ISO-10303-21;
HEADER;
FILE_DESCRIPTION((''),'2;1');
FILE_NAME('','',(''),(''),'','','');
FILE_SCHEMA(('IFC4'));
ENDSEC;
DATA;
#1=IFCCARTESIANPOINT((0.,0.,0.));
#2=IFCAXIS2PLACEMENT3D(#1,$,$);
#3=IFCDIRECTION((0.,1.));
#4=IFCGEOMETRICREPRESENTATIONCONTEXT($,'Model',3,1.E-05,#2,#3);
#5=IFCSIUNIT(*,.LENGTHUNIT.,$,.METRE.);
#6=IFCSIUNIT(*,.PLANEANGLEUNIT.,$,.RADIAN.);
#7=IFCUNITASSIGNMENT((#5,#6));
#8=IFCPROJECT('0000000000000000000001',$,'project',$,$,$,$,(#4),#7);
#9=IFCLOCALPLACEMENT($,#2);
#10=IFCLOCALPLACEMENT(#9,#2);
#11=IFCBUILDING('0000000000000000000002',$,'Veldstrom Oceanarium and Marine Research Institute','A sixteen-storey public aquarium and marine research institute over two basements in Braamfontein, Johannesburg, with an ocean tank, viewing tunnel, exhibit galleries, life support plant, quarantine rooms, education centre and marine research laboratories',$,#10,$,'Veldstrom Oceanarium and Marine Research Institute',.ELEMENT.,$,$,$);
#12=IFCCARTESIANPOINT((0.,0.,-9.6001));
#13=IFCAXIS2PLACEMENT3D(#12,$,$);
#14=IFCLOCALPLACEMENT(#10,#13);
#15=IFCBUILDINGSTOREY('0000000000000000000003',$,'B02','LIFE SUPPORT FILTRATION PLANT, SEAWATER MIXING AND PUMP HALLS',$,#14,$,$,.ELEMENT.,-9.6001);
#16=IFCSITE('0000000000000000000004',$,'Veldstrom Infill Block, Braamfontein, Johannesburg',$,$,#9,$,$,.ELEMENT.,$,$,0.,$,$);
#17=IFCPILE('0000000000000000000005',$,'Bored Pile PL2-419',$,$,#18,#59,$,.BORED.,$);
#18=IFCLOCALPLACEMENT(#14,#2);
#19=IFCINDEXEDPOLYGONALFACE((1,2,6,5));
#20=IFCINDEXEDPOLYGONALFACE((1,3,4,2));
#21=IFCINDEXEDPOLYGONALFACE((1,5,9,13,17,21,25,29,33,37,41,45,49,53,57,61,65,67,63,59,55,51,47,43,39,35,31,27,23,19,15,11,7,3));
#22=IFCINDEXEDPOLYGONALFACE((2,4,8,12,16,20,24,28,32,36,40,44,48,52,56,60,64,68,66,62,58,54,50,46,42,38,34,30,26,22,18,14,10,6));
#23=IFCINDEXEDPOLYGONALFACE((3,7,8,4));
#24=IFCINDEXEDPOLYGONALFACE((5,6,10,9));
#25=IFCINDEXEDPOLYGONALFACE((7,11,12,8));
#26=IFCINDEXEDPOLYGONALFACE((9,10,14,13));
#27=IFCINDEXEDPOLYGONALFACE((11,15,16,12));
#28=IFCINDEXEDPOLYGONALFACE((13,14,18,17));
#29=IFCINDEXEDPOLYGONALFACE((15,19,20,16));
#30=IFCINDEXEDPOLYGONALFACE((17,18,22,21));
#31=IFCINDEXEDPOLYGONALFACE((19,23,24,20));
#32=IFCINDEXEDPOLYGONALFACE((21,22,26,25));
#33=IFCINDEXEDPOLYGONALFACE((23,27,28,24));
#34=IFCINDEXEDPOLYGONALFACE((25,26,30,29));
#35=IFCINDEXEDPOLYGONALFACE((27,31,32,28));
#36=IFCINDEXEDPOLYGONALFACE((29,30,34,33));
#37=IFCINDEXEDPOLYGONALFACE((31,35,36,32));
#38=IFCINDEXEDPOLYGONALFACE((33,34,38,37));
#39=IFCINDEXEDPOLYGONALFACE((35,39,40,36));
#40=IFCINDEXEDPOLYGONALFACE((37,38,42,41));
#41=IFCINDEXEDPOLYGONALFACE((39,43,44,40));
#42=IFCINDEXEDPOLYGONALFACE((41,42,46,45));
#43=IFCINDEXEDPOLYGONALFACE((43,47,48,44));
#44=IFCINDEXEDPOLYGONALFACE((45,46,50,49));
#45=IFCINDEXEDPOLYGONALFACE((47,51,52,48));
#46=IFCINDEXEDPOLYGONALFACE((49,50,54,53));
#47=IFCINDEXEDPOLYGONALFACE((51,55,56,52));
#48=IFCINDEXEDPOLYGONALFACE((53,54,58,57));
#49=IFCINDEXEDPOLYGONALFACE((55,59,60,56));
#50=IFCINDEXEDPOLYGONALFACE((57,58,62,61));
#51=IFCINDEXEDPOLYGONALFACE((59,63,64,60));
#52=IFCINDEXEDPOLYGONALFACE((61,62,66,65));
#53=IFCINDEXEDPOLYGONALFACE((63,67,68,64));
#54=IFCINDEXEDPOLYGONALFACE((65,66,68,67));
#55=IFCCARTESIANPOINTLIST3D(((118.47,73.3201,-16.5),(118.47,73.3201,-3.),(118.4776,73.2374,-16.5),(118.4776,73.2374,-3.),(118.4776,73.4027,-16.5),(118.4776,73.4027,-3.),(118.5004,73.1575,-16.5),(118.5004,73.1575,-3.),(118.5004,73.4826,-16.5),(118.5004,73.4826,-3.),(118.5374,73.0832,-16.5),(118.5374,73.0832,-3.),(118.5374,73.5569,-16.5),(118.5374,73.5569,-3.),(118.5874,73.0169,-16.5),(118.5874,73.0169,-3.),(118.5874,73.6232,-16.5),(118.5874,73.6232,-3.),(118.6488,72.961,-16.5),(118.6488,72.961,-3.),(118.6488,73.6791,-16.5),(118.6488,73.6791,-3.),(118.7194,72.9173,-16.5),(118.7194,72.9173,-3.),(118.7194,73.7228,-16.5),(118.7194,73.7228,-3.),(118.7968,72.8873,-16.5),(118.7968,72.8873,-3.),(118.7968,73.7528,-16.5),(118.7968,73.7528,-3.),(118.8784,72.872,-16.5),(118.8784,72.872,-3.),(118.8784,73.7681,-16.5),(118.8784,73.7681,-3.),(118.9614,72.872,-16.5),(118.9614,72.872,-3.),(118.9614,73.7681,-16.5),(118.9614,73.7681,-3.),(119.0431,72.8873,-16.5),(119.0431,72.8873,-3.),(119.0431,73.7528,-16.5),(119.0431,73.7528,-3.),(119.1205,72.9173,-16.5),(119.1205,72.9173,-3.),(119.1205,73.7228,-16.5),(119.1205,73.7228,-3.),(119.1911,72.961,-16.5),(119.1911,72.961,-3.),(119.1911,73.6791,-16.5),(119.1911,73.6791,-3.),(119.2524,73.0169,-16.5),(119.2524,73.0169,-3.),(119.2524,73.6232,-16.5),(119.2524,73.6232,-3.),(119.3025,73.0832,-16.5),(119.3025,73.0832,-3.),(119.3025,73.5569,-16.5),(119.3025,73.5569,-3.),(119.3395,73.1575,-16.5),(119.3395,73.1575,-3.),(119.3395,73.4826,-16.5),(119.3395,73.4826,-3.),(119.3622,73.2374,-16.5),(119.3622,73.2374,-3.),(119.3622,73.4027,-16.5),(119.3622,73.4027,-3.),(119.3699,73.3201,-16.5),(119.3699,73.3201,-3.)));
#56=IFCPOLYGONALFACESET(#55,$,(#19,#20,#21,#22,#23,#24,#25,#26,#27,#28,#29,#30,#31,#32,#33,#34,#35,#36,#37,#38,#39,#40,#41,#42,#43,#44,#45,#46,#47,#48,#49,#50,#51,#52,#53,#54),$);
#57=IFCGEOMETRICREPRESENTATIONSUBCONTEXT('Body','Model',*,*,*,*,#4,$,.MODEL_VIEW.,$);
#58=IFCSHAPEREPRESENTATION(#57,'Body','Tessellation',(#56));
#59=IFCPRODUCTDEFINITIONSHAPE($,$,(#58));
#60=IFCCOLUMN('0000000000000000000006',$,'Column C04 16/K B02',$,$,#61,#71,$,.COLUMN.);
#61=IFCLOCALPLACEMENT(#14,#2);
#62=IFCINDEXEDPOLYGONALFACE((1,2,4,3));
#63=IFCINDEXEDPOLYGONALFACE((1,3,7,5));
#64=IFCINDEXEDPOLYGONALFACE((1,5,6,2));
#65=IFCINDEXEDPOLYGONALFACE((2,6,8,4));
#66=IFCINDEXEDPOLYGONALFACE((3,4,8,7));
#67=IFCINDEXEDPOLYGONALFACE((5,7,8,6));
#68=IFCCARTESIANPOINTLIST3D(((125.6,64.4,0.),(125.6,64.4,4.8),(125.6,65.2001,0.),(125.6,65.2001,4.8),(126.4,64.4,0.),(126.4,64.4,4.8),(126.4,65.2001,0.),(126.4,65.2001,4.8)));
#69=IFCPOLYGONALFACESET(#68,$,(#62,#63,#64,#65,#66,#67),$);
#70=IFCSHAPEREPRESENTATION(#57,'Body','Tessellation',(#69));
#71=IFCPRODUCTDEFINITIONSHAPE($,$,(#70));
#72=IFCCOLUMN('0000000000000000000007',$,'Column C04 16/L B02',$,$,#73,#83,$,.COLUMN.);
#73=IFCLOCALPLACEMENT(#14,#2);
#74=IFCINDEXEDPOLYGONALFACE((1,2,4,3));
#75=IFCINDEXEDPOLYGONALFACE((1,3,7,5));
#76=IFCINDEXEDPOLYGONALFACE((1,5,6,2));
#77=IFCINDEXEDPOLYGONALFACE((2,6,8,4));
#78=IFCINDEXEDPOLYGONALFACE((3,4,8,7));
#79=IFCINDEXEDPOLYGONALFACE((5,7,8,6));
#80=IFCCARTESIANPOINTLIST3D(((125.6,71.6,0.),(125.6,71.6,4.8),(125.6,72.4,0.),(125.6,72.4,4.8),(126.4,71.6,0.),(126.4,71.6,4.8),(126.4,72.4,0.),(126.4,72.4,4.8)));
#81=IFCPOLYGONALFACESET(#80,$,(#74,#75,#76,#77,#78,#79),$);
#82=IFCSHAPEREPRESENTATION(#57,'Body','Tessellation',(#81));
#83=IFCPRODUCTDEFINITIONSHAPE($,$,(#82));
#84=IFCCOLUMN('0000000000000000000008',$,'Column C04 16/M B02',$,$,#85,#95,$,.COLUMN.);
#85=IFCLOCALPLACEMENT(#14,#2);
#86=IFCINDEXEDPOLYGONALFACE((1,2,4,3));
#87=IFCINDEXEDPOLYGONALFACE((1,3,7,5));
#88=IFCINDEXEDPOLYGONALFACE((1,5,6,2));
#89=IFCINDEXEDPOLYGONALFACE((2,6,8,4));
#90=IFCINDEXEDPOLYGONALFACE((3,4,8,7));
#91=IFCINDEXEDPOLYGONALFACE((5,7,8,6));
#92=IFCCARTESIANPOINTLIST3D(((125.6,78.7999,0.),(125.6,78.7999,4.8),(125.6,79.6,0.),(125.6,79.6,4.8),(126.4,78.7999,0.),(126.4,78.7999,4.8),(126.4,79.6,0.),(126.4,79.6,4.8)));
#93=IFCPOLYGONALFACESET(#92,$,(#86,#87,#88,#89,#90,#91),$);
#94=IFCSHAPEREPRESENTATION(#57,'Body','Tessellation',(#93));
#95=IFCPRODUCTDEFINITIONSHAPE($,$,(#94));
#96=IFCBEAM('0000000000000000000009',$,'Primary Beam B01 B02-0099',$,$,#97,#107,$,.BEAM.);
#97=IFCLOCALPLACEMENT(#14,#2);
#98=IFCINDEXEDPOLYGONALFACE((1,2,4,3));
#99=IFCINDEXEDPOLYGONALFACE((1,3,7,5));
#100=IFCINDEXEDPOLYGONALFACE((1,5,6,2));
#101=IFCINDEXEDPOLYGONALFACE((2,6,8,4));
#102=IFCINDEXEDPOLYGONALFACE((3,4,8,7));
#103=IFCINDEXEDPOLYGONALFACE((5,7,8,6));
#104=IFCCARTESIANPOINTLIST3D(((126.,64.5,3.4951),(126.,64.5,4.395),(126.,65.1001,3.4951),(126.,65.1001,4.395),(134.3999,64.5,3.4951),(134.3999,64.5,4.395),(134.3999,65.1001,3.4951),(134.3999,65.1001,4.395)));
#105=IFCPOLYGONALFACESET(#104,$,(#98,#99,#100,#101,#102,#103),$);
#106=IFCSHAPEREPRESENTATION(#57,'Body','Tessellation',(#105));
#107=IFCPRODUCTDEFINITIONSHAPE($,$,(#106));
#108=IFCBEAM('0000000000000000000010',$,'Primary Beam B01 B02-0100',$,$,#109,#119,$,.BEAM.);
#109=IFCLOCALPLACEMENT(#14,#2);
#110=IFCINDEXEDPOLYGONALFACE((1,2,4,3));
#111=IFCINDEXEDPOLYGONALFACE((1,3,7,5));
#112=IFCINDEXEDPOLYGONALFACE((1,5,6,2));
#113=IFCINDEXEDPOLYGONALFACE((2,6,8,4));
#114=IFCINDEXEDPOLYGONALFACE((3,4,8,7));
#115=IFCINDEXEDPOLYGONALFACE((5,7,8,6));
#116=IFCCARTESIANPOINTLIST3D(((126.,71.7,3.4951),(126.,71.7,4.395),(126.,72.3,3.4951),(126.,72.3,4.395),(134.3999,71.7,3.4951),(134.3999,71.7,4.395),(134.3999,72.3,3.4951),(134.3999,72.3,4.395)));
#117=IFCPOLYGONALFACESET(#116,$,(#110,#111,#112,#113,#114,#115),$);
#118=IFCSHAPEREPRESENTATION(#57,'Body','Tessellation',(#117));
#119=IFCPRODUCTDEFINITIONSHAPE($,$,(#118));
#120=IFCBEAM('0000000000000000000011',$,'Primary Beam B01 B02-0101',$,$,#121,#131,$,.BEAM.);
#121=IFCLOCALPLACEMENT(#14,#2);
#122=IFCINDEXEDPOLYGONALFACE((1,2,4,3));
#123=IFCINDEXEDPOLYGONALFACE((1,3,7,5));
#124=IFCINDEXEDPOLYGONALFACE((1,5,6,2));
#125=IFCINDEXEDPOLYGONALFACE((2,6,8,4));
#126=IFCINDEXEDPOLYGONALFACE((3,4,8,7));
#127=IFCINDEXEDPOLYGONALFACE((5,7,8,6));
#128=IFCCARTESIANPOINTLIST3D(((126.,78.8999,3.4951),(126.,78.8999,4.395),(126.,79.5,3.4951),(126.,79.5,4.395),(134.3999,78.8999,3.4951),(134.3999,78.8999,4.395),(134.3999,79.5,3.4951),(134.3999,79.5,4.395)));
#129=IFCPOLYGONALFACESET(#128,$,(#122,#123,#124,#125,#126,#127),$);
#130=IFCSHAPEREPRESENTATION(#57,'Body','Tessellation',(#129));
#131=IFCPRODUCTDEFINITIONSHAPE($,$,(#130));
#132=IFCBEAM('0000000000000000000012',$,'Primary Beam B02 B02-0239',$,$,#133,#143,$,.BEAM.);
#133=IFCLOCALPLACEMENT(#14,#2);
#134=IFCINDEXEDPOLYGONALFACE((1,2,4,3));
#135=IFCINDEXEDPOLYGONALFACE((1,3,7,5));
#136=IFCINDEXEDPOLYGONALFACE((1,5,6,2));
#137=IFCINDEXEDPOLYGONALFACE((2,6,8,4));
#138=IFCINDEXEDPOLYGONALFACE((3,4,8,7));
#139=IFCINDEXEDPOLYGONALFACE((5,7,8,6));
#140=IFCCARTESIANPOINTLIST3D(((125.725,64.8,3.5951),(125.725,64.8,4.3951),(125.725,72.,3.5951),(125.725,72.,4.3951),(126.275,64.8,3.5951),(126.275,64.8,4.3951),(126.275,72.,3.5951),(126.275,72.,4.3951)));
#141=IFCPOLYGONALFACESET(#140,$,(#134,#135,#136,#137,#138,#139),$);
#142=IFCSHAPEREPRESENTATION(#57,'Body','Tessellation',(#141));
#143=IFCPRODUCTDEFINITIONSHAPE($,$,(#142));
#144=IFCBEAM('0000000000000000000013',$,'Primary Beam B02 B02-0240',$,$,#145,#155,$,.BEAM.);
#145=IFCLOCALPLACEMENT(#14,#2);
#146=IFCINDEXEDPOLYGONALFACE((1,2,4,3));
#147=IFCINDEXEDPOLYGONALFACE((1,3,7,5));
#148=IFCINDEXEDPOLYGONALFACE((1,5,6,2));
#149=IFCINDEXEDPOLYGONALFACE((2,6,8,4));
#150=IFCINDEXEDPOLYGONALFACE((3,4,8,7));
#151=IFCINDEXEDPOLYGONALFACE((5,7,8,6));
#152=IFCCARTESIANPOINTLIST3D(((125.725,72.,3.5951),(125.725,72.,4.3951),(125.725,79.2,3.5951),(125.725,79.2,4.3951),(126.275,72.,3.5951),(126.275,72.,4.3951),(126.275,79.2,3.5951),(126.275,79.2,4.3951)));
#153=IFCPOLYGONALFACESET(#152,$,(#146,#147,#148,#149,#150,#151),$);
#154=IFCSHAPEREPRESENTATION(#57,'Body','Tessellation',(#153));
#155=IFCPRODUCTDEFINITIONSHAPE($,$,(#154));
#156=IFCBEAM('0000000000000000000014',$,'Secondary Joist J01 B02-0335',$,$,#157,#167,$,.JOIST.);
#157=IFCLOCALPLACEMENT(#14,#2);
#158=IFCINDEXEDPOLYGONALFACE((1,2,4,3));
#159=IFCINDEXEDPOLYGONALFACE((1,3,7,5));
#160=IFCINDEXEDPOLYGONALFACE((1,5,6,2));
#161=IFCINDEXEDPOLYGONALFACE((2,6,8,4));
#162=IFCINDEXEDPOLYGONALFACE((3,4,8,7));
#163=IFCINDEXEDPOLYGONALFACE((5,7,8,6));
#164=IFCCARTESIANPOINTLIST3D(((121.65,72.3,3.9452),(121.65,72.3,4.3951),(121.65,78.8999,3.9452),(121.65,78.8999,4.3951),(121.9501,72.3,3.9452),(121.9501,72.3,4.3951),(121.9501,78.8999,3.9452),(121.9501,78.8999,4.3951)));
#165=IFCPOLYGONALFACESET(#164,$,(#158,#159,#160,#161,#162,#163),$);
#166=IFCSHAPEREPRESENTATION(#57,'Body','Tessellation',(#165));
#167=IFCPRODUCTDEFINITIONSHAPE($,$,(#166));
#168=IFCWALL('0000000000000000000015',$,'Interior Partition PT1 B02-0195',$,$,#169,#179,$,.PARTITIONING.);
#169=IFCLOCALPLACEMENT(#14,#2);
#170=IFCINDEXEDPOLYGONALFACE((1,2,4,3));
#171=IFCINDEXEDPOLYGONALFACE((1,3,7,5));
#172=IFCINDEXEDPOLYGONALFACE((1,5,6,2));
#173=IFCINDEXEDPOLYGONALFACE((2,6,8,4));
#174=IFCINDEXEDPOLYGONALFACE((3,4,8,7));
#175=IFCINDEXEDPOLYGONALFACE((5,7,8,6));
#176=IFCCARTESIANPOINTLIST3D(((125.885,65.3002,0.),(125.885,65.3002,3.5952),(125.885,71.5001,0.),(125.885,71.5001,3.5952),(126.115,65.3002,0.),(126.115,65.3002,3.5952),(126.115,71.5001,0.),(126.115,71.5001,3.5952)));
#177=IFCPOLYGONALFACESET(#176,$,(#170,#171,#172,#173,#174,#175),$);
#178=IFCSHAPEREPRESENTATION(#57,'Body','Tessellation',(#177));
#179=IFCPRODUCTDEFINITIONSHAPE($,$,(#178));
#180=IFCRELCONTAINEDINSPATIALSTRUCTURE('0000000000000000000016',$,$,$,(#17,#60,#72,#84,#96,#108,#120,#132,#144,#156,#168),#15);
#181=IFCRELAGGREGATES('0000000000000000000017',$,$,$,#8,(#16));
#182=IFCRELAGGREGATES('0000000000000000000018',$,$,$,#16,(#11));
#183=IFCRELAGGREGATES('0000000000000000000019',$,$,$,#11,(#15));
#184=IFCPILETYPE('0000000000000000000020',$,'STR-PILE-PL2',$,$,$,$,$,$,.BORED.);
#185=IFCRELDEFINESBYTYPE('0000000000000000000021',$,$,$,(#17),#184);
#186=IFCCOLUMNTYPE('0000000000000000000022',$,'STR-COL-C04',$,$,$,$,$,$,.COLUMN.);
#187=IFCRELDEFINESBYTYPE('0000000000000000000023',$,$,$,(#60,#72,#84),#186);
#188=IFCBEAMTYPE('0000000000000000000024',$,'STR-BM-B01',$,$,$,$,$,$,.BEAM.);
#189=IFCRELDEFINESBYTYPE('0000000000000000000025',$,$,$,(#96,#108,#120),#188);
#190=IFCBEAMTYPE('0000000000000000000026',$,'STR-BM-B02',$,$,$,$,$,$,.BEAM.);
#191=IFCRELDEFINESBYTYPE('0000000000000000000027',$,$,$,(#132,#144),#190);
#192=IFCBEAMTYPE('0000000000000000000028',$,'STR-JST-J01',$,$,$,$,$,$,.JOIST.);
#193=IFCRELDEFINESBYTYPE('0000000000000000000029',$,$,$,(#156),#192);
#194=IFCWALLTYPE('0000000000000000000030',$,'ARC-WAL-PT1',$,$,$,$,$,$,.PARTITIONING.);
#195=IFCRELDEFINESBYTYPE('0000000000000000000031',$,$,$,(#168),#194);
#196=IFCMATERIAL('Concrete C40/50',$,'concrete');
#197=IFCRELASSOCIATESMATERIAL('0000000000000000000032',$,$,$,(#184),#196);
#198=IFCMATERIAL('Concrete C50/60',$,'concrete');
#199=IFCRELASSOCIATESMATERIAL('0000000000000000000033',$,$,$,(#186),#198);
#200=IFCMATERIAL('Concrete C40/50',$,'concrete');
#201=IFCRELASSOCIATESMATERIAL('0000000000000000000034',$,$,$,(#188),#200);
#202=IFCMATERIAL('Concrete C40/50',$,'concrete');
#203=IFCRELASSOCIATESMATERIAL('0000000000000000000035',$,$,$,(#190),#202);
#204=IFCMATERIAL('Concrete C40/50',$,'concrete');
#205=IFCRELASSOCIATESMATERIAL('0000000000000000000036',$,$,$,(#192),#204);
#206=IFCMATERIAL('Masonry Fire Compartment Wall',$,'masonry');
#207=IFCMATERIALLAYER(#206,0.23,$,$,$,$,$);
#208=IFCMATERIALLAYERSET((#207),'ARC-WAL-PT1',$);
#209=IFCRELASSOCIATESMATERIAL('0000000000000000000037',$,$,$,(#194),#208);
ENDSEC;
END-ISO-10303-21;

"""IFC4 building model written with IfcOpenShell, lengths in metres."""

from ifc_helpers import new_model, si_unit, direction, frame, frame_2d, origin, origin_2d, place, context, subcontext, project, spatial, rectangle, circle, extrude, material, layer, layer_set, material_profile, profile_set, type_object, element, save


model = new_model("IFC4")

# Units and contexts
model_context = context("Model", 3, precision=1e-05, world=origin(), true_north=direction((0.0, 1.0)))
body_context = subcontext(model_context, "Body", "Model", "MODEL_VIEW")
ifc_project = project(units=[si_unit("LENGTHUNIT", "METRE"), si_unit("PLANEANGLEUNIT", "RADIAN")], contexts=[model_context])

# Site, building, storey
site_placement = place(None, origin())
site = spatial("IfcSite", under=ifc_project, at=site_placement, Name="Veldstrom Infill Block, Braamfontein, Johannesburg", CompositionType="ELEMENT", RefElevation=0.0)
building_placement = place(site_placement, origin())
building = spatial("IfcBuilding", under=site, at=building_placement, Name="Veldstrom Oceanarium and Marine Research Institute", Description="A sixteen-storey public aquarium and marine research institute over two basements in Braamfontein, Johannesburg, with an ocean tank, viewing tunnel, exhibit galleries, life support plant, quarantine rooms, education centre and marine research laboratories", LongName="Veldstrom Oceanarium and Marine Research Institute", CompositionType="ELEMENT")
storey_placement = place(building_placement, frame((0.0, 0.0, -9.6001)))
storey = spatial("IfcBuildingStorey", under=building, at=storey_placement, Name="B02", Description="LIFE SUPPORT FILTRATION PLANT, SEAWATER MIXING AND PUMP HALLS", CompositionType="ELEMENT", Elevation=-9.6001)

# Pile
ifc_material_1 = material(Name="Concrete C40/50", Category="concrete")
ifc_material_profile_1 = material_profile(ifc_material_1, circle(Radius=0.45, at=origin_2d()), Name="PILE-D900")
ifc_profile_set_1 = profile_set([ifc_material_profile_1], Name="Concrete C40/50")
pile_type_1 = type_object("IfcPileType", Name="STR-PILE-PL2", PredefinedType="BORED", material=ifc_profile_set_1)
for number, where, z_axis, x_axis, name in (
    (1, (118.9199, 73.3201, -3.0), (0.0, 0.0, -1.0), (1.0, 0.0, 0.0), "Bored Pile PL2-419"),
):
    element("IfcPile", number, at=place(storey_placement, frame(where, z_axis=z_axis, x_axis=x_axis)), inside=storey, type_object=pile_type_1, Name=name, PredefinedType="BORED", context=body_context, shape_type="SweptSolid", body=[
        extrude(circle(Radius=0.45, at=origin_2d()), origin(), (0.0, 0.0, 1.0), 13.5),
    ])

# Columns
ifc_material_2 = material(Name="Concrete C50/60", Category="concrete")
ifc_material_profile_2 = material_profile(ifc_material_2, rectangle(XDim=0.8, YDim=0.8, at=origin_2d()), Name="RC-COL-800x800")
ifc_profile_set_2 = profile_set([ifc_material_profile_2], Name="Concrete C50/60")
column_type = type_object("IfcColumnType", Name="STR-COL-C04", PredefinedType="COLUMN", material=ifc_profile_set_2)
for number, where, z_axis, x_axis, name in (
    (2, (126.0, 64.8, 0.0), (0.0, 0.0, 1.0), (1.0, 0.0, 0.0), "Column C04 16/K B02"),
    (3, (126.0, 72.0, 0.0), (0.0, 0.0, 1.0), (1.0, 0.0, 0.0), "Column C04 16/L B02"),
    (4, (126.0, 79.2, 0.0), (0.0, 0.0, 1.0), (1.0, 0.0, 0.0), "Column C04 16/M B02"),
):
    element("IfcColumn", number, at=place(storey_placement, frame(where, z_axis=z_axis, x_axis=x_axis)), inside=storey, type_object=column_type, Name=name, PredefinedType="COLUMN", context=body_context, shape_type="SweptSolid", body=[
        extrude(rectangle(XDim=0.8, YDim=0.8, at=origin_2d()), origin(), (0.0, 0.0, 1.0), 4.8),
    ])

# Beams
ifc_material_3 = material(Name="Concrete C40/50", Category="concrete")
ifc_material_profile_3 = material_profile(ifc_material_3, rectangle(XDim=0.6001, YDim=0.8999, at=origin_2d()), Name="RC-BM-600x900")
ifc_profile_set_3 = profile_set([ifc_material_profile_3], Name="Concrete C40/50")
beam_type_1 = type_object("IfcBeamType", Name="STR-BM-B01", PredefinedType="BEAM", material=ifc_profile_set_3)
for number, where, z_axis, x_axis, name in (
    (5, (126.0, 64.8, 3.9451), (1.0, 0.0, 0.0), (0.0, 1.0, 0.0), "Primary Beam B01 B02-0099"),
    (6, (126.0, 72.0, 3.9451), (1.0, 0.0, 0.0), (0.0, 1.0, 0.0), "Primary Beam B01 B02-0100"),
    (7, (126.0, 79.2, 3.9451), (1.0, 0.0, 0.0), (0.0, 1.0, 0.0), "Primary Beam B01 B02-0101"),
):
    element("IfcBeam", number, at=place(storey_placement, frame(where, z_axis=z_axis, x_axis=x_axis)), inside=storey, type_object=beam_type_1, Name=name, PredefinedType="BEAM", context=body_context, shape_type="SweptSolid", body=[
        extrude(rectangle(XDim=0.6001, YDim=0.8999, at=origin_2d()), origin(), (0.0, 0.0, 1.0), 8.3999),
    ])
ifc_material_4 = material(Name="Concrete C40/50", Category="concrete")
ifc_material_profile_4 = material_profile(ifc_material_4, rectangle(XDim=0.55, YDim=0.8, at=origin_2d()), Name="RC-BM-550x800")
ifc_profile_set_4 = profile_set([ifc_material_profile_4], Name="Concrete C40/50")
beam_type_2 = type_object("IfcBeamType", Name="STR-BM-B02", PredefinedType="BEAM", material=ifc_profile_set_4)
for number, where, z_axis, x_axis, name in (
    (8, (126.0, 64.8, 3.9951), (0.0, 1.0, 0.0), (-1.0, 0.0, 0.0), "Primary Beam B02 B02-0239"),
    (9, (126.0, 72.0, 3.9951), (0.0, 1.0, 0.0), (-1.0, 0.0, 0.0), "Primary Beam B02 B02-0240"),
):
    element("IfcBeam", number, at=place(storey_placement, frame(where, z_axis=z_axis, x_axis=x_axis)), inside=storey, type_object=beam_type_2, Name=name, PredefinedType="BEAM", context=body_context, shape_type="SweptSolid", body=[
        extrude(rectangle(XDim=0.55, YDim=0.8, at=origin_2d()), origin(), (0.0, 0.0, 1.0), 7.2),
    ])
ifc_material_5 = material(Name="Concrete C40/50", Category="concrete")
ifc_material_profile_5 = material_profile(ifc_material_5, rectangle(XDim=0.3, YDim=0.45, at=origin_2d()), Name="RC-JST-300x450")
ifc_profile_set_5 = profile_set([ifc_material_profile_5], Name="Concrete C40/50")
beam_type_3 = type_object("IfcBeamType", Name="STR-JST-J01", PredefinedType="JOIST", material=ifc_profile_set_5)
beam_placement = place(storey_placement, frame((121.8, 72.3, 4.1702), z_axis=(0.0, 1.0, 0.0), x_axis=(-1.0, 0.0, 0.0)))
element("IfcBeam", 10, at=beam_placement, inside=storey, type_object=beam_type_3, Name="Secondary Joist J01 B02-0335", PredefinedType="JOIST", context=body_context, shape_type="SweptSolid", body=[
    extrude(rectangle(XDim=0.3, YDim=0.45, at=origin_2d()), origin(), (0.0, 0.0, 1.0), 6.5999),
])

# Wall
ifc_material_6 = material(Name="Masonry Fire Compartment Wall", Category="masonry")
ifc_layer_1 = layer(ifc_material_6, 0.23)
ifc_layer_set_1 = layer_set([ifc_layer_1], Name="ARC-WAL-PT1")
wall_type_1 = type_object("IfcWallType", Name="ARC-WAL-PT1", PredefinedType="PARTITIONING", material=ifc_layer_set_1)
wall_1_placement = place(storey_placement, frame((126.0, 65.3, 0.0), z_axis=(0.0, 0.0, 1.0), x_axis=(0.0, 1.0, 0.0)))
element("IfcWall", 11, at=wall_1_placement, inside=storey, type_object=wall_type_1, Name="Interior Partition PT1 B02-0195", PredefinedType="PARTITIONING", context=body_context, shape_type="SweptSolid", body=[
    extrude(rectangle(XDim=6.2, YDim=0.23, at=frame_2d((3.1001, 0.0))), origin(), (0.0, 0.0, 1.0), 3.5952),
])

save(model, "model.ifc")
